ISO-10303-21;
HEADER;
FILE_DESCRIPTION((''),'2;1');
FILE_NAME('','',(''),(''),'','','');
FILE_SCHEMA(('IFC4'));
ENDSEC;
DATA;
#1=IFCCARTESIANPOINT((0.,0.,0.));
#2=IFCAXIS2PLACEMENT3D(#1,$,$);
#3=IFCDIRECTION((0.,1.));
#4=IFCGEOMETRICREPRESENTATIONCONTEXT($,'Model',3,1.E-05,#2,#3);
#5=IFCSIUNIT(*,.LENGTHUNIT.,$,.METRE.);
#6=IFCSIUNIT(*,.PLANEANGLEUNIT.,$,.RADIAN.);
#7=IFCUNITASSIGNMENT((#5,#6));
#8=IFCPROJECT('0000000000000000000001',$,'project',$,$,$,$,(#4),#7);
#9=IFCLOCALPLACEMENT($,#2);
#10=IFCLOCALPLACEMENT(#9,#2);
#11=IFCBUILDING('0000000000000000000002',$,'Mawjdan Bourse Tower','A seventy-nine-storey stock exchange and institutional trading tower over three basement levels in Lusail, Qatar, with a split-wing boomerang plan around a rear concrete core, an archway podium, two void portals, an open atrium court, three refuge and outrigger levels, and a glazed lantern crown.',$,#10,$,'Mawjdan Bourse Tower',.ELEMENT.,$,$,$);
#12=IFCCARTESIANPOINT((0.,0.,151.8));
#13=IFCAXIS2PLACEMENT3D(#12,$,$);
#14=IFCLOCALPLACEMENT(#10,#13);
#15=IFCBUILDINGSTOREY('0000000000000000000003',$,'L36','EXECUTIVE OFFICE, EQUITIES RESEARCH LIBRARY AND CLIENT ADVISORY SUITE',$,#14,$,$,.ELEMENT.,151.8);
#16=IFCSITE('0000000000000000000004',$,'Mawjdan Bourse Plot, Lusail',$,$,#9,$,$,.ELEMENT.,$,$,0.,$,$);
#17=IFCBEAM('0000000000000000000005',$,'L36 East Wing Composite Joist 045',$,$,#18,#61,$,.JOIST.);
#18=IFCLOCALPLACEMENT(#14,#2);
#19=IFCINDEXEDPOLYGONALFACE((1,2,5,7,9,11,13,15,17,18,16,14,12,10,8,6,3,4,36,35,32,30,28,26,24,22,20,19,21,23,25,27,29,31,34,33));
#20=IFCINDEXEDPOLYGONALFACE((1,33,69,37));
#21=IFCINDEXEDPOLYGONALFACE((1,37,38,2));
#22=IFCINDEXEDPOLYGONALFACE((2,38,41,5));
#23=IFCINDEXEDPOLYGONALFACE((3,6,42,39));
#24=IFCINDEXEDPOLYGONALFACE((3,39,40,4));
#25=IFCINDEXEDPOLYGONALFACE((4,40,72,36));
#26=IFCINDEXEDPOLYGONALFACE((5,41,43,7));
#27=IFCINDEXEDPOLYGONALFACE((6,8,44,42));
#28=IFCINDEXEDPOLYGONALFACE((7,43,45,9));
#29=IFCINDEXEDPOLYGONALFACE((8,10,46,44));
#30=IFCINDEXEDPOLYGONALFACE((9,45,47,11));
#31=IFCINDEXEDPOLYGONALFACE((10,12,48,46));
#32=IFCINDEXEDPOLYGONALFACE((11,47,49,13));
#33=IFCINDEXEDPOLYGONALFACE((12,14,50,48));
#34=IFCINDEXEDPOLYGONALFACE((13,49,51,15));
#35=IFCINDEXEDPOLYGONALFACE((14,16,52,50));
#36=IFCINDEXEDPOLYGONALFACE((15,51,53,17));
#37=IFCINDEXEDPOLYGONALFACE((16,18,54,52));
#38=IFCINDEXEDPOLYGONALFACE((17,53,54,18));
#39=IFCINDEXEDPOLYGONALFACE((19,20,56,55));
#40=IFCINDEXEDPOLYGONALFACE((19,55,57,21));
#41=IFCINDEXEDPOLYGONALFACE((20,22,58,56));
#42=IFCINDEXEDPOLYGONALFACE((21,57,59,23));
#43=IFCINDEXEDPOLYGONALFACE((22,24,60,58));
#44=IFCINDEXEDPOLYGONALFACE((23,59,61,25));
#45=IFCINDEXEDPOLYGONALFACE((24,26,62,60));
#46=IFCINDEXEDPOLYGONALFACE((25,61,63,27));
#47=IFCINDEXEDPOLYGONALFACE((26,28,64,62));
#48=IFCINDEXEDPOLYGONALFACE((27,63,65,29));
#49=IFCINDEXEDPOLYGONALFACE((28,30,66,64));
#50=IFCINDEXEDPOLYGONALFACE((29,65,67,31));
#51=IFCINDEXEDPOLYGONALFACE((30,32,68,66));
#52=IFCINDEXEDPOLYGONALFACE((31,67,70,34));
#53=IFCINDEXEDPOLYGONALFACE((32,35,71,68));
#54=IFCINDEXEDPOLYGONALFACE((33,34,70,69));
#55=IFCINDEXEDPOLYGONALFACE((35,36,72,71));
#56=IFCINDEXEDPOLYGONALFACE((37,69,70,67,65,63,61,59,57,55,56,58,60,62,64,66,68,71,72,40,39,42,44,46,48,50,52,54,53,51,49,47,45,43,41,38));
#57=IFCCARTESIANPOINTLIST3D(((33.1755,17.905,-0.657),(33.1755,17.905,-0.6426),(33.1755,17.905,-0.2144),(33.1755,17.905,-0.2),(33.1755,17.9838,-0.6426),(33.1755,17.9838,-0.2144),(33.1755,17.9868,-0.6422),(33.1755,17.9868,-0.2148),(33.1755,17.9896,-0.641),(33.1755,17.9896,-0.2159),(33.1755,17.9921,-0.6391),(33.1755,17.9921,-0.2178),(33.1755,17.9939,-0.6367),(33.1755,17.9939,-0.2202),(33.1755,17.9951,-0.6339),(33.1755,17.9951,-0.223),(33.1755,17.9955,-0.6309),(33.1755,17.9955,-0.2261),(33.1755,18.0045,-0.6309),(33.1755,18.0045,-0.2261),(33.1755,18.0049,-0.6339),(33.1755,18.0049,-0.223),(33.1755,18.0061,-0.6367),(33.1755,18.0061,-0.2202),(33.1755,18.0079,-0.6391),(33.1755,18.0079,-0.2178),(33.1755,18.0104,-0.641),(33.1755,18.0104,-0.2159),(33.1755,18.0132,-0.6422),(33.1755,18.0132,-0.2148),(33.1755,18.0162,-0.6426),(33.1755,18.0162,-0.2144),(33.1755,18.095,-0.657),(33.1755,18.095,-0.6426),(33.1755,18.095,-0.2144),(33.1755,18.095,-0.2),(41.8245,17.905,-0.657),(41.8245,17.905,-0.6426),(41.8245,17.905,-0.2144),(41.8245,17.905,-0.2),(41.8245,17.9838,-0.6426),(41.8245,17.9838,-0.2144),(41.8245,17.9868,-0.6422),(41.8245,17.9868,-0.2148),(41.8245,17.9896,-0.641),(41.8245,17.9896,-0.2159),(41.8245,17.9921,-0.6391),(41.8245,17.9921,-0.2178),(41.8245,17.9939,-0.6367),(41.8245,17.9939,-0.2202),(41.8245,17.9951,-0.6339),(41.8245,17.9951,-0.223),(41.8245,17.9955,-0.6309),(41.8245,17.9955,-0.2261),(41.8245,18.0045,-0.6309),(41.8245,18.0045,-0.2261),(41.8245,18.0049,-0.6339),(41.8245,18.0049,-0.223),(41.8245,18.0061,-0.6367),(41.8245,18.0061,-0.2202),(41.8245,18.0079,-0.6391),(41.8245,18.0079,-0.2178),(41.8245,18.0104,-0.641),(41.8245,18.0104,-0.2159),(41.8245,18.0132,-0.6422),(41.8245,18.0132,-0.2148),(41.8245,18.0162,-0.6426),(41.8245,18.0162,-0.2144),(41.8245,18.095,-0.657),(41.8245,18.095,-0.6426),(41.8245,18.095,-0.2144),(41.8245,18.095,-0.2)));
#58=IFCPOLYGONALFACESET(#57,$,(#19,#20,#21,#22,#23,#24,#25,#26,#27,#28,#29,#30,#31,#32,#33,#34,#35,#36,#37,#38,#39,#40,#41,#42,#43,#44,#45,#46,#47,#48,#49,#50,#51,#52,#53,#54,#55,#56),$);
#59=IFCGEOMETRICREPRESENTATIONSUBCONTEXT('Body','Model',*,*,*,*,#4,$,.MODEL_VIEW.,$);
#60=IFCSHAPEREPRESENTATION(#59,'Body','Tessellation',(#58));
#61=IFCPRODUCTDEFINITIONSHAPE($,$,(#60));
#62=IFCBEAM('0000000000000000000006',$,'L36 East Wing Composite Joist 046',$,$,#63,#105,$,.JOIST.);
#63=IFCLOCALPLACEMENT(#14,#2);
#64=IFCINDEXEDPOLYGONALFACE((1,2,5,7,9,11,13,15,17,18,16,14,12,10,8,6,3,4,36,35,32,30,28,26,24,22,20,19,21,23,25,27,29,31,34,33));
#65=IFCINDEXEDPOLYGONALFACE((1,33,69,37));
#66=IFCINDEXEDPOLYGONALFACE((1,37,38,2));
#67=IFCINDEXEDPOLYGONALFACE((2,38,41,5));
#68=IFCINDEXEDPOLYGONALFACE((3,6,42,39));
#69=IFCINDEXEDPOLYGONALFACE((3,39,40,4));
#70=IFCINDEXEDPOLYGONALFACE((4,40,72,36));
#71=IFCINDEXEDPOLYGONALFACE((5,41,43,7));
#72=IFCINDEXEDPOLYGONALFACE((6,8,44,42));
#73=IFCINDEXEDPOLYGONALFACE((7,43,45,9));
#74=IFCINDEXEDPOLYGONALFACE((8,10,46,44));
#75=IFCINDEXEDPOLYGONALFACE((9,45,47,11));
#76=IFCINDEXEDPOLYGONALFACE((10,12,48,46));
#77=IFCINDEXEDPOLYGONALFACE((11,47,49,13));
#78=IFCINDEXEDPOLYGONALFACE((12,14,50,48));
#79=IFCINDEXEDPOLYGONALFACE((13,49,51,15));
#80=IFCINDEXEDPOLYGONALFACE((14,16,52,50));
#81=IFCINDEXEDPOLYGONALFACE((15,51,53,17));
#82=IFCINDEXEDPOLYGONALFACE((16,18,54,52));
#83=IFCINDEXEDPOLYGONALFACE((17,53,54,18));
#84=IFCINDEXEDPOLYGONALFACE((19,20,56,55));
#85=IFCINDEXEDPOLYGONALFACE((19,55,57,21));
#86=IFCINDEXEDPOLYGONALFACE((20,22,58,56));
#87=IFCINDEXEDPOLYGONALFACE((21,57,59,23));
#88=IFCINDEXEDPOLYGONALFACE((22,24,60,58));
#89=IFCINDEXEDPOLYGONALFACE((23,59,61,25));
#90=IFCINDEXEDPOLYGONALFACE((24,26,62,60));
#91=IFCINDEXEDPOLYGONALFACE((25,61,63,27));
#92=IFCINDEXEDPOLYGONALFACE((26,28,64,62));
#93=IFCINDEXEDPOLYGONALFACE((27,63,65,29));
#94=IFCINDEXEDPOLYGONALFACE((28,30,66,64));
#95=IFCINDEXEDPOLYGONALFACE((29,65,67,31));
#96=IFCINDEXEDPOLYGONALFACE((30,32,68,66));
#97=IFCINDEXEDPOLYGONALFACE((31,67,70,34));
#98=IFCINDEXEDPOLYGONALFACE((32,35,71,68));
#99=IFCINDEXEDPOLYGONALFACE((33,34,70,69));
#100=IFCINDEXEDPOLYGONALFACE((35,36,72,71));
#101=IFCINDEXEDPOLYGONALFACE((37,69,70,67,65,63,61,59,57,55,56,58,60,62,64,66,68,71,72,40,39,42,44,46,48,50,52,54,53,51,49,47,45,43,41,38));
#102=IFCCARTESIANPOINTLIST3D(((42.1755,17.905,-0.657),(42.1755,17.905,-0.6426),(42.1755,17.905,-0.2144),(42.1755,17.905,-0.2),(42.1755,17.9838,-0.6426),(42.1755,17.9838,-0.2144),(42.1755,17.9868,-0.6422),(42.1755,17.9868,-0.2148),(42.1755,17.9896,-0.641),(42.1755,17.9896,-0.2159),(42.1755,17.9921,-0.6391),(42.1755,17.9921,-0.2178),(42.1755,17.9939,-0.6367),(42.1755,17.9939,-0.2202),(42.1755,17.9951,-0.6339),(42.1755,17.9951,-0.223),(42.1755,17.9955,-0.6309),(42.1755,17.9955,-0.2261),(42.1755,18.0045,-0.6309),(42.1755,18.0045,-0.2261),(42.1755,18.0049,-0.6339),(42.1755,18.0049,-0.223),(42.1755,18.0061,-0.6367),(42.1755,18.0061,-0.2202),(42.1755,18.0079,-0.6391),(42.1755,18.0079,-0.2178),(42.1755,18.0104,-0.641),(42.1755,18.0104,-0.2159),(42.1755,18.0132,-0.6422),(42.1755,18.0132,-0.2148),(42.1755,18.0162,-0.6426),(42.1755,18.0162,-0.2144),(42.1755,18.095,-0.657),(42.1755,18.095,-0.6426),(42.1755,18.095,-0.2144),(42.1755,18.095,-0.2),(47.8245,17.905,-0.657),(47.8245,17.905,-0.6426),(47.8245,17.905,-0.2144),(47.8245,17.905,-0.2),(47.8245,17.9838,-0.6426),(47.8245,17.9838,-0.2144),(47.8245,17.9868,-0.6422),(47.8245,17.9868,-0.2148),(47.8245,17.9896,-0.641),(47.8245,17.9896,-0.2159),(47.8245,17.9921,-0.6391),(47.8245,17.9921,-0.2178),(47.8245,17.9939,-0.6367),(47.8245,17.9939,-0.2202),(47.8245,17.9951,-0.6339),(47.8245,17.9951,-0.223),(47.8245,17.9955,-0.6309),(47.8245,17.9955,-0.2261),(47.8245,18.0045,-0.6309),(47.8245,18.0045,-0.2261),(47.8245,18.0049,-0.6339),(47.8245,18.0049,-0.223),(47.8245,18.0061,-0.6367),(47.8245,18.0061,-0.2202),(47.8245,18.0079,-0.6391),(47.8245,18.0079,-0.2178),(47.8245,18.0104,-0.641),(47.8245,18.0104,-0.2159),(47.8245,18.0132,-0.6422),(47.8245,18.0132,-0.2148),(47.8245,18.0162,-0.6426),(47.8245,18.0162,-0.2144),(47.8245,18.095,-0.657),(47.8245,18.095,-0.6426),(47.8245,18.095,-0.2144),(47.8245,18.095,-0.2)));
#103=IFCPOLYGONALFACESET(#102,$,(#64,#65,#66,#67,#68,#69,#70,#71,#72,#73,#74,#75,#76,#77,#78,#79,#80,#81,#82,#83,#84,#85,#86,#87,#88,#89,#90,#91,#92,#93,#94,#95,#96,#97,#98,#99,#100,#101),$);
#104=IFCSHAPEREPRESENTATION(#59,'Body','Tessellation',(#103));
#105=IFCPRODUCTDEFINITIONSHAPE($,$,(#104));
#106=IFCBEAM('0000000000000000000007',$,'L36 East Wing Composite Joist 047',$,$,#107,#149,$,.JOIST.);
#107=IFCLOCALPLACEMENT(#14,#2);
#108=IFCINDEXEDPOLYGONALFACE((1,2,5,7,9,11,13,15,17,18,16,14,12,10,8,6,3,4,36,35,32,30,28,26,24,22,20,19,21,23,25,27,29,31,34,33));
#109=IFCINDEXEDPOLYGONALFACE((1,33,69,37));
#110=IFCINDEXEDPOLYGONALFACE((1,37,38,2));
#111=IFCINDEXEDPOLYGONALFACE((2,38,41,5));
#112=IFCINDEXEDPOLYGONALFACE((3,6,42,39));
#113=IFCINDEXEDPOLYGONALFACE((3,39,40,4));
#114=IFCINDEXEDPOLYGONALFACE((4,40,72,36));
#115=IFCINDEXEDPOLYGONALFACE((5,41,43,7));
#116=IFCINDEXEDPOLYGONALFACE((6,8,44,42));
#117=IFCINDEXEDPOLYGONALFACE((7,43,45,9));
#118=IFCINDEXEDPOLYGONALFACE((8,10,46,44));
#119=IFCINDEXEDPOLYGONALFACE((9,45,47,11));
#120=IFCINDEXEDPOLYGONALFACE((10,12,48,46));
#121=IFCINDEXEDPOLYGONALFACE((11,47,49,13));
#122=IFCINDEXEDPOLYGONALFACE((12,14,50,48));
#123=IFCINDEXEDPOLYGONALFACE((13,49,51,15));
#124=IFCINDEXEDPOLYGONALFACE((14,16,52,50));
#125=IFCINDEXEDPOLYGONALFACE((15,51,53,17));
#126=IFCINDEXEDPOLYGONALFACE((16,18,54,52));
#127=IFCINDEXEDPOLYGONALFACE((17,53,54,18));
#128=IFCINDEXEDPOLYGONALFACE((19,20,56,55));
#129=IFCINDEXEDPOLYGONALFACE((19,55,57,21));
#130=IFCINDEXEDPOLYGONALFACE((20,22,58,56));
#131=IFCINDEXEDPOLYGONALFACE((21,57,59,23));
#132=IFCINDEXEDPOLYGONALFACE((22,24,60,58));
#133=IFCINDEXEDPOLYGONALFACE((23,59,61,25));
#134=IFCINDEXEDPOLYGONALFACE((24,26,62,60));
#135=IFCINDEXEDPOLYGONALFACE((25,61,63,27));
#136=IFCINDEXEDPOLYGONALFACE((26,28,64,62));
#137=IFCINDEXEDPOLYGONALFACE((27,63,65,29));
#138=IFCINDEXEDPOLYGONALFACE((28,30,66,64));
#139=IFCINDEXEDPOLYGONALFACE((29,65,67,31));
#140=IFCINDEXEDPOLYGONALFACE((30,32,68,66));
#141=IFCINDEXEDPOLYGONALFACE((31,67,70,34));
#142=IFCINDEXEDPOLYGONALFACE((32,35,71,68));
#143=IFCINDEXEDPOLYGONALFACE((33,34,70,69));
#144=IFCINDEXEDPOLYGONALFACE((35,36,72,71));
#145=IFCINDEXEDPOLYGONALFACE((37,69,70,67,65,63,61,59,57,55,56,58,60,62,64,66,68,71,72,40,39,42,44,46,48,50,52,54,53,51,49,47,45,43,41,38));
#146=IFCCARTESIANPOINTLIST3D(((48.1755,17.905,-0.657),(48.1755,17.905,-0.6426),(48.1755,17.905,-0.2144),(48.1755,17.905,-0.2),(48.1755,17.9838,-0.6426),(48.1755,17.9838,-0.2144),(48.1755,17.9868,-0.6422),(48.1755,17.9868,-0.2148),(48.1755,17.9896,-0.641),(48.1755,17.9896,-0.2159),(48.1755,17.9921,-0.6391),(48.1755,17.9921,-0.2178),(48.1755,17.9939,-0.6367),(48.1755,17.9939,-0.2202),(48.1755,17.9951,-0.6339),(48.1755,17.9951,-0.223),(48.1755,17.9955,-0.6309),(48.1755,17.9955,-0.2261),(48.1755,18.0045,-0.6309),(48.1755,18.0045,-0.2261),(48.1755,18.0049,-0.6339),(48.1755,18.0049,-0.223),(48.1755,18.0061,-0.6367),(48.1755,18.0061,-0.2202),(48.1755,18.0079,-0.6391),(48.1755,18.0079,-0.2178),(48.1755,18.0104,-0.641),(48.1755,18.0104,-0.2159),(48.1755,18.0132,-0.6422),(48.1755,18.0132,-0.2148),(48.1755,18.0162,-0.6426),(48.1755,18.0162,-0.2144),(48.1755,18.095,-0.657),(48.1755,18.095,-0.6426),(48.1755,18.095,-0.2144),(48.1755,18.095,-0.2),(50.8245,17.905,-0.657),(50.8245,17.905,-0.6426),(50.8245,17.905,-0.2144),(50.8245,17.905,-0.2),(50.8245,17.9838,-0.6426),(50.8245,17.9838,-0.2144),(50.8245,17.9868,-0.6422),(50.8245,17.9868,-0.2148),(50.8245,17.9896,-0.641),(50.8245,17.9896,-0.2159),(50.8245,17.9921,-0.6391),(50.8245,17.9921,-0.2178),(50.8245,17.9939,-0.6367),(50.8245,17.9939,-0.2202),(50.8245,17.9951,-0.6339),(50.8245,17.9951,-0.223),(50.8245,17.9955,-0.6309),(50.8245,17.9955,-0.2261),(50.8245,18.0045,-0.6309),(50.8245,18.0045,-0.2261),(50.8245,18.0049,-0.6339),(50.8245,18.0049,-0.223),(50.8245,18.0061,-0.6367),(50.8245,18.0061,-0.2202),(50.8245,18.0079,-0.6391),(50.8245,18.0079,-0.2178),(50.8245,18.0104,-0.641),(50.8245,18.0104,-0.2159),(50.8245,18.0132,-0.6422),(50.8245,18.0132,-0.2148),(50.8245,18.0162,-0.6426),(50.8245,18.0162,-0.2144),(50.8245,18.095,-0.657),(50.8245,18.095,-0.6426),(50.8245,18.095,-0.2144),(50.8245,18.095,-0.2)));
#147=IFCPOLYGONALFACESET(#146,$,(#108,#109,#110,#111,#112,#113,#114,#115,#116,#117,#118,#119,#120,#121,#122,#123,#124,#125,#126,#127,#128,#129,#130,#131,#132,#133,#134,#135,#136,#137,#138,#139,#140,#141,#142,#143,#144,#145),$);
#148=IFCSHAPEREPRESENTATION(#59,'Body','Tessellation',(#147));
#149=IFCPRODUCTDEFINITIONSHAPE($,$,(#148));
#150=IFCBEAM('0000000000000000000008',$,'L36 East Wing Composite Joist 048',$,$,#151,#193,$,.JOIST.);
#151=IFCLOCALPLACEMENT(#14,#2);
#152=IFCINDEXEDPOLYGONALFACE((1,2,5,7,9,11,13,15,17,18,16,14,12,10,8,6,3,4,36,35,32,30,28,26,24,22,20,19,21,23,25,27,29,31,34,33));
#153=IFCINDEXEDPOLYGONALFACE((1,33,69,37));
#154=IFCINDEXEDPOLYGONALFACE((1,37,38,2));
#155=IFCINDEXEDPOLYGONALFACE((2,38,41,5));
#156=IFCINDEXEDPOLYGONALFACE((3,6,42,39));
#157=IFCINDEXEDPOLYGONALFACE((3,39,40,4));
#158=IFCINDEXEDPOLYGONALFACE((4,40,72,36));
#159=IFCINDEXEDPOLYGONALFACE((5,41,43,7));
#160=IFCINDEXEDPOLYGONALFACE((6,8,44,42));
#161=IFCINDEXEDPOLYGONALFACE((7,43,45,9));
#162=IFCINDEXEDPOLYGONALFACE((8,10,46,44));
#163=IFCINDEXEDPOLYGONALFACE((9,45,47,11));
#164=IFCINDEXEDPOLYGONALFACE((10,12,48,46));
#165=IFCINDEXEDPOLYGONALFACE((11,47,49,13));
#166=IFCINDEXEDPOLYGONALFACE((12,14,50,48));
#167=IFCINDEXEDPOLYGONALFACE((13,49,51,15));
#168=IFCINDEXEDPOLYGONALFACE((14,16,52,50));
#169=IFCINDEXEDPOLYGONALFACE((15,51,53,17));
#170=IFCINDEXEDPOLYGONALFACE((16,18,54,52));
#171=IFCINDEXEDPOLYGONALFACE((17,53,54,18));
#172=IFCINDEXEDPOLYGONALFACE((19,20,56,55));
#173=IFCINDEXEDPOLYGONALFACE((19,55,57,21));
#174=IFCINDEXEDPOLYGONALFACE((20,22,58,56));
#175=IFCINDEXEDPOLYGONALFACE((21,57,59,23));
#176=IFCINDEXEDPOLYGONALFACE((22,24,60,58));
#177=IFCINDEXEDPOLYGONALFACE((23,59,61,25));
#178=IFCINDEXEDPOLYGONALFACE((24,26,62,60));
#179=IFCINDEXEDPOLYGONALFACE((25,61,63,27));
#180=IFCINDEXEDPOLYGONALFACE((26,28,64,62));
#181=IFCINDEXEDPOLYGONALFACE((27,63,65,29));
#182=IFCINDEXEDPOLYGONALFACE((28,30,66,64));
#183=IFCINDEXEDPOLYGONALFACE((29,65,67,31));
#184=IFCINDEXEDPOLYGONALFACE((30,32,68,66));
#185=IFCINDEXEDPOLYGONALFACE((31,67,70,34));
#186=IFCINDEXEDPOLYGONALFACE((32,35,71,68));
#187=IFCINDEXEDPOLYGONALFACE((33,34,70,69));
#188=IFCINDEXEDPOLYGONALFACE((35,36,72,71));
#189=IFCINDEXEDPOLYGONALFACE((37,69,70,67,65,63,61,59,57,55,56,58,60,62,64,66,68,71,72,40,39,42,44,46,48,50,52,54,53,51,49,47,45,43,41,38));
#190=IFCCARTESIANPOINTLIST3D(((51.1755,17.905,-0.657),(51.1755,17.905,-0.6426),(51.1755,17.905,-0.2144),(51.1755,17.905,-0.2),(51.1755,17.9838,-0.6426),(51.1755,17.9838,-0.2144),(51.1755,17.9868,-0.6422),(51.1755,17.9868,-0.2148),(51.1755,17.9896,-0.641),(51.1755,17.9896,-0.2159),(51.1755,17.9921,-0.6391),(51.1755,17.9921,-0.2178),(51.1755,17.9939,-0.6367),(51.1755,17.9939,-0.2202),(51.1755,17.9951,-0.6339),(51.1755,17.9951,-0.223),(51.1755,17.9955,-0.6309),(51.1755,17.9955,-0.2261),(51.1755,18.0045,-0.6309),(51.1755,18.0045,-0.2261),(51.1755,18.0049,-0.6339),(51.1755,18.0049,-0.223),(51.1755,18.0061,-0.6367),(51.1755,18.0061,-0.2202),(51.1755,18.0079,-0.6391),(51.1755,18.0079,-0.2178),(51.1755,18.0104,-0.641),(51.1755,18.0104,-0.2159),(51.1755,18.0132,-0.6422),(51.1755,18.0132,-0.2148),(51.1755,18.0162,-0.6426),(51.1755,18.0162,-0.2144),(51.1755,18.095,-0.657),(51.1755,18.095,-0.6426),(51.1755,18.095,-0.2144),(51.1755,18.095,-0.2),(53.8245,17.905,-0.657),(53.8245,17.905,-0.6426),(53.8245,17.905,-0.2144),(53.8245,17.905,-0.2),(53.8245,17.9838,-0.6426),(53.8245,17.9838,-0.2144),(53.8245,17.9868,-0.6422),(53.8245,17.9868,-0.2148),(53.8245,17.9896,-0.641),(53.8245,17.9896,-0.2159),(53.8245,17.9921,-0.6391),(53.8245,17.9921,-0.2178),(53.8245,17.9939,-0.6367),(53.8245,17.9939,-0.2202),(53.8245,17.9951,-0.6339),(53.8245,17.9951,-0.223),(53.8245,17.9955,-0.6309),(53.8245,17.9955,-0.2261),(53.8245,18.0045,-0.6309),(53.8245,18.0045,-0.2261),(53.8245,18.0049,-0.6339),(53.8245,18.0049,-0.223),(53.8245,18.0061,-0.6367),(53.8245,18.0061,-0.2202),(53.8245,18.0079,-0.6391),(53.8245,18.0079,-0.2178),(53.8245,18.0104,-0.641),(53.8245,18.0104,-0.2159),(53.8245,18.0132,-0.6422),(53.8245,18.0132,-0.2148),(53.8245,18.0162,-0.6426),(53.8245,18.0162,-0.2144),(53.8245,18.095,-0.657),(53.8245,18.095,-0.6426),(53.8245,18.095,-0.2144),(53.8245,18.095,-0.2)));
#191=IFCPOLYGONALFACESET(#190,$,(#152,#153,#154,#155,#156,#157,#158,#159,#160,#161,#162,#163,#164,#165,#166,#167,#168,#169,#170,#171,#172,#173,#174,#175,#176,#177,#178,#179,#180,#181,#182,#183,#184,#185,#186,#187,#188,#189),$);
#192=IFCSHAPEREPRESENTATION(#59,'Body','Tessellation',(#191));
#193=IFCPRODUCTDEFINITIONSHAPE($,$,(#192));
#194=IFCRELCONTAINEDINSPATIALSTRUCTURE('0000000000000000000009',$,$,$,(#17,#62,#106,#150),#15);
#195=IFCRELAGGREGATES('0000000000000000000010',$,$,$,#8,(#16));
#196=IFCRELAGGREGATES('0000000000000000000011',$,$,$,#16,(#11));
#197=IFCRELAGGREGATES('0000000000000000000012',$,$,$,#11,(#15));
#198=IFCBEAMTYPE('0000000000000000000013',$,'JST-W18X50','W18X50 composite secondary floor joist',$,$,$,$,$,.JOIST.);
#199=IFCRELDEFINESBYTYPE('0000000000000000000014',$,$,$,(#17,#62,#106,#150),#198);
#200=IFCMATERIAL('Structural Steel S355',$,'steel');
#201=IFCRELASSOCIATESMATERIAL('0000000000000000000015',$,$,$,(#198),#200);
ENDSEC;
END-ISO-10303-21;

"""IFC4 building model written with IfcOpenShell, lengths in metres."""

from ifc_helpers import new_model, si_unit, direction, frame, origin, origin_2d, place, context, subcontext, project, spatial, i_section, extrude, material, material_profile, profile_set, type_object, element, save


model = new_model("IFC4")

# Units and contexts
model_context = context("Model", 3, precision=1e-05, world=origin(), true_north=direction((0.0, 1.0)))
body_context = subcontext(model_context, "Body", "Model", "MODEL_VIEW")
ifc_project = project(units=[si_unit("LENGTHUNIT", "METRE"), si_unit("PLANEANGLEUNIT", "RADIAN")], contexts=[model_context])

# Site, building, storey
site_placement = place(None, origin())
site = spatial("IfcSite", under=ifc_project, at=site_placement, Name="Mawjdan Bourse Plot, Lusail", CompositionType="ELEMENT", RefElevation=0.0)
building_placement = place(site_placement, origin())
building = spatial("IfcBuilding", under=site, at=building_placement, Name="Mawjdan Bourse Tower", Description="A seventy-nine-storey stock exchange and institutional trading tower over three basement levels in Lusail, Qatar, with a split-wing boomerang plan around a rear concrete core, an archway podium, two void portals, an open atrium court, three refuge and outrigger levels, and a glazed lantern crown.", LongName="Mawjdan Bourse Tower", CompositionType="ELEMENT")
storey_placement = place(building_placement, frame((0.0, 0.0, 151.8)))
storey = spatial("IfcBuildingStorey", under=building, at=storey_placement, Name="L36", Description="EXECUTIVE OFFICE, EQUITIES RESEARCH LIBRARY AND CLIENT ADVISORY SUITE", CompositionType="ELEMENT", Elevation=151.8)

# Beams
ifc_material_1 = material(Name="Structural Steel S355", Category="steel")
ifc_material_profile_1 = material_profile(ifc_material_1, i_section(OverallWidth=0.1899, OverallDepth=0.457, WebThickness=0.009, FlangeThickness=0.0144, FilletRadius=0.0117, at=origin_2d()), Name="W18X50")
ifc_profile_set_1 = profile_set([ifc_material_profile_1], Name="Structural Steel S355")
beam_type_1 = type_object("IfcBeamType", Name="JST-W18X50", Description="W18X50 composite secondary floor joist", PredefinedType="JOIST", material=ifc_profile_set_1)
beam_1_placement = place(storey_placement, frame((33.1755, 18.0, -0.4285), z_axis=(1.0, 0.0, 0.0), x_axis=(0.0, 1.0, 0.0)))
element("IfcBeam", 1, at=beam_1_placement, inside=storey, type_object=beam_type_1, Name="L36 East Wing Composite Joist 045", PredefinedType="JOIST", context=body_context, shape_type="SweptSolid", body=[
    extrude(i_section(OverallWidth=0.1899, OverallDepth=0.457, WebThickness=0.009, FlangeThickness=0.0144, FilletRadius=0.0117, at=origin_2d()), origin(), (0.0, 0.0, 1.0), 8.6489),
])
beam_2_placement = place(storey_placement, frame((42.1755, 18.0, -0.4285), z_axis=(1.0, 0.0, 0.0), x_axis=(0.0, 1.0, 0.0)))
element("IfcBeam", 2, at=beam_2_placement, inside=storey, type_object=beam_type_1, Name="L36 East Wing Composite Joist 046", PredefinedType="JOIST", context=body_context, shape_type="SweptSolid", body=[
    extrude(i_section(OverallWidth=0.1899, OverallDepth=0.457, WebThickness=0.009, FlangeThickness=0.0144, FilletRadius=0.0117, at=origin_2d()), origin(), (0.0, 0.0, 1.0), 5.6489),
])
for number, where, z_axis, x_axis, name in (
    (3, (48.1755, 18.0, -0.4285), (1.0, 0.0, 0.0), (0.0, 1.0, 0.0), "L36 East Wing Composite Joist 047"),
    (4, (51.1755, 18.0, -0.4285), (1.0, 0.0, 0.0), (0.0, 1.0, 0.0), "L36 East Wing Composite Joist 048"),
):
    element("IfcBeam", number, at=place(storey_placement, frame(where, z_axis=z_axis, x_axis=x_axis)), inside=storey, type_object=beam_type_1, Name=name, PredefinedType="JOIST", context=body_context, shape_type="SweptSolid", body=[
        extrude(i_section(OverallWidth=0.1899, OverallDepth=0.457, WebThickness=0.009, FlangeThickness=0.0144, FilletRadius=0.0117, at=origin_2d()), origin(), (0.0, 0.0, 1.0), 2.6489),
    ])

save(model, "model.ifc")
